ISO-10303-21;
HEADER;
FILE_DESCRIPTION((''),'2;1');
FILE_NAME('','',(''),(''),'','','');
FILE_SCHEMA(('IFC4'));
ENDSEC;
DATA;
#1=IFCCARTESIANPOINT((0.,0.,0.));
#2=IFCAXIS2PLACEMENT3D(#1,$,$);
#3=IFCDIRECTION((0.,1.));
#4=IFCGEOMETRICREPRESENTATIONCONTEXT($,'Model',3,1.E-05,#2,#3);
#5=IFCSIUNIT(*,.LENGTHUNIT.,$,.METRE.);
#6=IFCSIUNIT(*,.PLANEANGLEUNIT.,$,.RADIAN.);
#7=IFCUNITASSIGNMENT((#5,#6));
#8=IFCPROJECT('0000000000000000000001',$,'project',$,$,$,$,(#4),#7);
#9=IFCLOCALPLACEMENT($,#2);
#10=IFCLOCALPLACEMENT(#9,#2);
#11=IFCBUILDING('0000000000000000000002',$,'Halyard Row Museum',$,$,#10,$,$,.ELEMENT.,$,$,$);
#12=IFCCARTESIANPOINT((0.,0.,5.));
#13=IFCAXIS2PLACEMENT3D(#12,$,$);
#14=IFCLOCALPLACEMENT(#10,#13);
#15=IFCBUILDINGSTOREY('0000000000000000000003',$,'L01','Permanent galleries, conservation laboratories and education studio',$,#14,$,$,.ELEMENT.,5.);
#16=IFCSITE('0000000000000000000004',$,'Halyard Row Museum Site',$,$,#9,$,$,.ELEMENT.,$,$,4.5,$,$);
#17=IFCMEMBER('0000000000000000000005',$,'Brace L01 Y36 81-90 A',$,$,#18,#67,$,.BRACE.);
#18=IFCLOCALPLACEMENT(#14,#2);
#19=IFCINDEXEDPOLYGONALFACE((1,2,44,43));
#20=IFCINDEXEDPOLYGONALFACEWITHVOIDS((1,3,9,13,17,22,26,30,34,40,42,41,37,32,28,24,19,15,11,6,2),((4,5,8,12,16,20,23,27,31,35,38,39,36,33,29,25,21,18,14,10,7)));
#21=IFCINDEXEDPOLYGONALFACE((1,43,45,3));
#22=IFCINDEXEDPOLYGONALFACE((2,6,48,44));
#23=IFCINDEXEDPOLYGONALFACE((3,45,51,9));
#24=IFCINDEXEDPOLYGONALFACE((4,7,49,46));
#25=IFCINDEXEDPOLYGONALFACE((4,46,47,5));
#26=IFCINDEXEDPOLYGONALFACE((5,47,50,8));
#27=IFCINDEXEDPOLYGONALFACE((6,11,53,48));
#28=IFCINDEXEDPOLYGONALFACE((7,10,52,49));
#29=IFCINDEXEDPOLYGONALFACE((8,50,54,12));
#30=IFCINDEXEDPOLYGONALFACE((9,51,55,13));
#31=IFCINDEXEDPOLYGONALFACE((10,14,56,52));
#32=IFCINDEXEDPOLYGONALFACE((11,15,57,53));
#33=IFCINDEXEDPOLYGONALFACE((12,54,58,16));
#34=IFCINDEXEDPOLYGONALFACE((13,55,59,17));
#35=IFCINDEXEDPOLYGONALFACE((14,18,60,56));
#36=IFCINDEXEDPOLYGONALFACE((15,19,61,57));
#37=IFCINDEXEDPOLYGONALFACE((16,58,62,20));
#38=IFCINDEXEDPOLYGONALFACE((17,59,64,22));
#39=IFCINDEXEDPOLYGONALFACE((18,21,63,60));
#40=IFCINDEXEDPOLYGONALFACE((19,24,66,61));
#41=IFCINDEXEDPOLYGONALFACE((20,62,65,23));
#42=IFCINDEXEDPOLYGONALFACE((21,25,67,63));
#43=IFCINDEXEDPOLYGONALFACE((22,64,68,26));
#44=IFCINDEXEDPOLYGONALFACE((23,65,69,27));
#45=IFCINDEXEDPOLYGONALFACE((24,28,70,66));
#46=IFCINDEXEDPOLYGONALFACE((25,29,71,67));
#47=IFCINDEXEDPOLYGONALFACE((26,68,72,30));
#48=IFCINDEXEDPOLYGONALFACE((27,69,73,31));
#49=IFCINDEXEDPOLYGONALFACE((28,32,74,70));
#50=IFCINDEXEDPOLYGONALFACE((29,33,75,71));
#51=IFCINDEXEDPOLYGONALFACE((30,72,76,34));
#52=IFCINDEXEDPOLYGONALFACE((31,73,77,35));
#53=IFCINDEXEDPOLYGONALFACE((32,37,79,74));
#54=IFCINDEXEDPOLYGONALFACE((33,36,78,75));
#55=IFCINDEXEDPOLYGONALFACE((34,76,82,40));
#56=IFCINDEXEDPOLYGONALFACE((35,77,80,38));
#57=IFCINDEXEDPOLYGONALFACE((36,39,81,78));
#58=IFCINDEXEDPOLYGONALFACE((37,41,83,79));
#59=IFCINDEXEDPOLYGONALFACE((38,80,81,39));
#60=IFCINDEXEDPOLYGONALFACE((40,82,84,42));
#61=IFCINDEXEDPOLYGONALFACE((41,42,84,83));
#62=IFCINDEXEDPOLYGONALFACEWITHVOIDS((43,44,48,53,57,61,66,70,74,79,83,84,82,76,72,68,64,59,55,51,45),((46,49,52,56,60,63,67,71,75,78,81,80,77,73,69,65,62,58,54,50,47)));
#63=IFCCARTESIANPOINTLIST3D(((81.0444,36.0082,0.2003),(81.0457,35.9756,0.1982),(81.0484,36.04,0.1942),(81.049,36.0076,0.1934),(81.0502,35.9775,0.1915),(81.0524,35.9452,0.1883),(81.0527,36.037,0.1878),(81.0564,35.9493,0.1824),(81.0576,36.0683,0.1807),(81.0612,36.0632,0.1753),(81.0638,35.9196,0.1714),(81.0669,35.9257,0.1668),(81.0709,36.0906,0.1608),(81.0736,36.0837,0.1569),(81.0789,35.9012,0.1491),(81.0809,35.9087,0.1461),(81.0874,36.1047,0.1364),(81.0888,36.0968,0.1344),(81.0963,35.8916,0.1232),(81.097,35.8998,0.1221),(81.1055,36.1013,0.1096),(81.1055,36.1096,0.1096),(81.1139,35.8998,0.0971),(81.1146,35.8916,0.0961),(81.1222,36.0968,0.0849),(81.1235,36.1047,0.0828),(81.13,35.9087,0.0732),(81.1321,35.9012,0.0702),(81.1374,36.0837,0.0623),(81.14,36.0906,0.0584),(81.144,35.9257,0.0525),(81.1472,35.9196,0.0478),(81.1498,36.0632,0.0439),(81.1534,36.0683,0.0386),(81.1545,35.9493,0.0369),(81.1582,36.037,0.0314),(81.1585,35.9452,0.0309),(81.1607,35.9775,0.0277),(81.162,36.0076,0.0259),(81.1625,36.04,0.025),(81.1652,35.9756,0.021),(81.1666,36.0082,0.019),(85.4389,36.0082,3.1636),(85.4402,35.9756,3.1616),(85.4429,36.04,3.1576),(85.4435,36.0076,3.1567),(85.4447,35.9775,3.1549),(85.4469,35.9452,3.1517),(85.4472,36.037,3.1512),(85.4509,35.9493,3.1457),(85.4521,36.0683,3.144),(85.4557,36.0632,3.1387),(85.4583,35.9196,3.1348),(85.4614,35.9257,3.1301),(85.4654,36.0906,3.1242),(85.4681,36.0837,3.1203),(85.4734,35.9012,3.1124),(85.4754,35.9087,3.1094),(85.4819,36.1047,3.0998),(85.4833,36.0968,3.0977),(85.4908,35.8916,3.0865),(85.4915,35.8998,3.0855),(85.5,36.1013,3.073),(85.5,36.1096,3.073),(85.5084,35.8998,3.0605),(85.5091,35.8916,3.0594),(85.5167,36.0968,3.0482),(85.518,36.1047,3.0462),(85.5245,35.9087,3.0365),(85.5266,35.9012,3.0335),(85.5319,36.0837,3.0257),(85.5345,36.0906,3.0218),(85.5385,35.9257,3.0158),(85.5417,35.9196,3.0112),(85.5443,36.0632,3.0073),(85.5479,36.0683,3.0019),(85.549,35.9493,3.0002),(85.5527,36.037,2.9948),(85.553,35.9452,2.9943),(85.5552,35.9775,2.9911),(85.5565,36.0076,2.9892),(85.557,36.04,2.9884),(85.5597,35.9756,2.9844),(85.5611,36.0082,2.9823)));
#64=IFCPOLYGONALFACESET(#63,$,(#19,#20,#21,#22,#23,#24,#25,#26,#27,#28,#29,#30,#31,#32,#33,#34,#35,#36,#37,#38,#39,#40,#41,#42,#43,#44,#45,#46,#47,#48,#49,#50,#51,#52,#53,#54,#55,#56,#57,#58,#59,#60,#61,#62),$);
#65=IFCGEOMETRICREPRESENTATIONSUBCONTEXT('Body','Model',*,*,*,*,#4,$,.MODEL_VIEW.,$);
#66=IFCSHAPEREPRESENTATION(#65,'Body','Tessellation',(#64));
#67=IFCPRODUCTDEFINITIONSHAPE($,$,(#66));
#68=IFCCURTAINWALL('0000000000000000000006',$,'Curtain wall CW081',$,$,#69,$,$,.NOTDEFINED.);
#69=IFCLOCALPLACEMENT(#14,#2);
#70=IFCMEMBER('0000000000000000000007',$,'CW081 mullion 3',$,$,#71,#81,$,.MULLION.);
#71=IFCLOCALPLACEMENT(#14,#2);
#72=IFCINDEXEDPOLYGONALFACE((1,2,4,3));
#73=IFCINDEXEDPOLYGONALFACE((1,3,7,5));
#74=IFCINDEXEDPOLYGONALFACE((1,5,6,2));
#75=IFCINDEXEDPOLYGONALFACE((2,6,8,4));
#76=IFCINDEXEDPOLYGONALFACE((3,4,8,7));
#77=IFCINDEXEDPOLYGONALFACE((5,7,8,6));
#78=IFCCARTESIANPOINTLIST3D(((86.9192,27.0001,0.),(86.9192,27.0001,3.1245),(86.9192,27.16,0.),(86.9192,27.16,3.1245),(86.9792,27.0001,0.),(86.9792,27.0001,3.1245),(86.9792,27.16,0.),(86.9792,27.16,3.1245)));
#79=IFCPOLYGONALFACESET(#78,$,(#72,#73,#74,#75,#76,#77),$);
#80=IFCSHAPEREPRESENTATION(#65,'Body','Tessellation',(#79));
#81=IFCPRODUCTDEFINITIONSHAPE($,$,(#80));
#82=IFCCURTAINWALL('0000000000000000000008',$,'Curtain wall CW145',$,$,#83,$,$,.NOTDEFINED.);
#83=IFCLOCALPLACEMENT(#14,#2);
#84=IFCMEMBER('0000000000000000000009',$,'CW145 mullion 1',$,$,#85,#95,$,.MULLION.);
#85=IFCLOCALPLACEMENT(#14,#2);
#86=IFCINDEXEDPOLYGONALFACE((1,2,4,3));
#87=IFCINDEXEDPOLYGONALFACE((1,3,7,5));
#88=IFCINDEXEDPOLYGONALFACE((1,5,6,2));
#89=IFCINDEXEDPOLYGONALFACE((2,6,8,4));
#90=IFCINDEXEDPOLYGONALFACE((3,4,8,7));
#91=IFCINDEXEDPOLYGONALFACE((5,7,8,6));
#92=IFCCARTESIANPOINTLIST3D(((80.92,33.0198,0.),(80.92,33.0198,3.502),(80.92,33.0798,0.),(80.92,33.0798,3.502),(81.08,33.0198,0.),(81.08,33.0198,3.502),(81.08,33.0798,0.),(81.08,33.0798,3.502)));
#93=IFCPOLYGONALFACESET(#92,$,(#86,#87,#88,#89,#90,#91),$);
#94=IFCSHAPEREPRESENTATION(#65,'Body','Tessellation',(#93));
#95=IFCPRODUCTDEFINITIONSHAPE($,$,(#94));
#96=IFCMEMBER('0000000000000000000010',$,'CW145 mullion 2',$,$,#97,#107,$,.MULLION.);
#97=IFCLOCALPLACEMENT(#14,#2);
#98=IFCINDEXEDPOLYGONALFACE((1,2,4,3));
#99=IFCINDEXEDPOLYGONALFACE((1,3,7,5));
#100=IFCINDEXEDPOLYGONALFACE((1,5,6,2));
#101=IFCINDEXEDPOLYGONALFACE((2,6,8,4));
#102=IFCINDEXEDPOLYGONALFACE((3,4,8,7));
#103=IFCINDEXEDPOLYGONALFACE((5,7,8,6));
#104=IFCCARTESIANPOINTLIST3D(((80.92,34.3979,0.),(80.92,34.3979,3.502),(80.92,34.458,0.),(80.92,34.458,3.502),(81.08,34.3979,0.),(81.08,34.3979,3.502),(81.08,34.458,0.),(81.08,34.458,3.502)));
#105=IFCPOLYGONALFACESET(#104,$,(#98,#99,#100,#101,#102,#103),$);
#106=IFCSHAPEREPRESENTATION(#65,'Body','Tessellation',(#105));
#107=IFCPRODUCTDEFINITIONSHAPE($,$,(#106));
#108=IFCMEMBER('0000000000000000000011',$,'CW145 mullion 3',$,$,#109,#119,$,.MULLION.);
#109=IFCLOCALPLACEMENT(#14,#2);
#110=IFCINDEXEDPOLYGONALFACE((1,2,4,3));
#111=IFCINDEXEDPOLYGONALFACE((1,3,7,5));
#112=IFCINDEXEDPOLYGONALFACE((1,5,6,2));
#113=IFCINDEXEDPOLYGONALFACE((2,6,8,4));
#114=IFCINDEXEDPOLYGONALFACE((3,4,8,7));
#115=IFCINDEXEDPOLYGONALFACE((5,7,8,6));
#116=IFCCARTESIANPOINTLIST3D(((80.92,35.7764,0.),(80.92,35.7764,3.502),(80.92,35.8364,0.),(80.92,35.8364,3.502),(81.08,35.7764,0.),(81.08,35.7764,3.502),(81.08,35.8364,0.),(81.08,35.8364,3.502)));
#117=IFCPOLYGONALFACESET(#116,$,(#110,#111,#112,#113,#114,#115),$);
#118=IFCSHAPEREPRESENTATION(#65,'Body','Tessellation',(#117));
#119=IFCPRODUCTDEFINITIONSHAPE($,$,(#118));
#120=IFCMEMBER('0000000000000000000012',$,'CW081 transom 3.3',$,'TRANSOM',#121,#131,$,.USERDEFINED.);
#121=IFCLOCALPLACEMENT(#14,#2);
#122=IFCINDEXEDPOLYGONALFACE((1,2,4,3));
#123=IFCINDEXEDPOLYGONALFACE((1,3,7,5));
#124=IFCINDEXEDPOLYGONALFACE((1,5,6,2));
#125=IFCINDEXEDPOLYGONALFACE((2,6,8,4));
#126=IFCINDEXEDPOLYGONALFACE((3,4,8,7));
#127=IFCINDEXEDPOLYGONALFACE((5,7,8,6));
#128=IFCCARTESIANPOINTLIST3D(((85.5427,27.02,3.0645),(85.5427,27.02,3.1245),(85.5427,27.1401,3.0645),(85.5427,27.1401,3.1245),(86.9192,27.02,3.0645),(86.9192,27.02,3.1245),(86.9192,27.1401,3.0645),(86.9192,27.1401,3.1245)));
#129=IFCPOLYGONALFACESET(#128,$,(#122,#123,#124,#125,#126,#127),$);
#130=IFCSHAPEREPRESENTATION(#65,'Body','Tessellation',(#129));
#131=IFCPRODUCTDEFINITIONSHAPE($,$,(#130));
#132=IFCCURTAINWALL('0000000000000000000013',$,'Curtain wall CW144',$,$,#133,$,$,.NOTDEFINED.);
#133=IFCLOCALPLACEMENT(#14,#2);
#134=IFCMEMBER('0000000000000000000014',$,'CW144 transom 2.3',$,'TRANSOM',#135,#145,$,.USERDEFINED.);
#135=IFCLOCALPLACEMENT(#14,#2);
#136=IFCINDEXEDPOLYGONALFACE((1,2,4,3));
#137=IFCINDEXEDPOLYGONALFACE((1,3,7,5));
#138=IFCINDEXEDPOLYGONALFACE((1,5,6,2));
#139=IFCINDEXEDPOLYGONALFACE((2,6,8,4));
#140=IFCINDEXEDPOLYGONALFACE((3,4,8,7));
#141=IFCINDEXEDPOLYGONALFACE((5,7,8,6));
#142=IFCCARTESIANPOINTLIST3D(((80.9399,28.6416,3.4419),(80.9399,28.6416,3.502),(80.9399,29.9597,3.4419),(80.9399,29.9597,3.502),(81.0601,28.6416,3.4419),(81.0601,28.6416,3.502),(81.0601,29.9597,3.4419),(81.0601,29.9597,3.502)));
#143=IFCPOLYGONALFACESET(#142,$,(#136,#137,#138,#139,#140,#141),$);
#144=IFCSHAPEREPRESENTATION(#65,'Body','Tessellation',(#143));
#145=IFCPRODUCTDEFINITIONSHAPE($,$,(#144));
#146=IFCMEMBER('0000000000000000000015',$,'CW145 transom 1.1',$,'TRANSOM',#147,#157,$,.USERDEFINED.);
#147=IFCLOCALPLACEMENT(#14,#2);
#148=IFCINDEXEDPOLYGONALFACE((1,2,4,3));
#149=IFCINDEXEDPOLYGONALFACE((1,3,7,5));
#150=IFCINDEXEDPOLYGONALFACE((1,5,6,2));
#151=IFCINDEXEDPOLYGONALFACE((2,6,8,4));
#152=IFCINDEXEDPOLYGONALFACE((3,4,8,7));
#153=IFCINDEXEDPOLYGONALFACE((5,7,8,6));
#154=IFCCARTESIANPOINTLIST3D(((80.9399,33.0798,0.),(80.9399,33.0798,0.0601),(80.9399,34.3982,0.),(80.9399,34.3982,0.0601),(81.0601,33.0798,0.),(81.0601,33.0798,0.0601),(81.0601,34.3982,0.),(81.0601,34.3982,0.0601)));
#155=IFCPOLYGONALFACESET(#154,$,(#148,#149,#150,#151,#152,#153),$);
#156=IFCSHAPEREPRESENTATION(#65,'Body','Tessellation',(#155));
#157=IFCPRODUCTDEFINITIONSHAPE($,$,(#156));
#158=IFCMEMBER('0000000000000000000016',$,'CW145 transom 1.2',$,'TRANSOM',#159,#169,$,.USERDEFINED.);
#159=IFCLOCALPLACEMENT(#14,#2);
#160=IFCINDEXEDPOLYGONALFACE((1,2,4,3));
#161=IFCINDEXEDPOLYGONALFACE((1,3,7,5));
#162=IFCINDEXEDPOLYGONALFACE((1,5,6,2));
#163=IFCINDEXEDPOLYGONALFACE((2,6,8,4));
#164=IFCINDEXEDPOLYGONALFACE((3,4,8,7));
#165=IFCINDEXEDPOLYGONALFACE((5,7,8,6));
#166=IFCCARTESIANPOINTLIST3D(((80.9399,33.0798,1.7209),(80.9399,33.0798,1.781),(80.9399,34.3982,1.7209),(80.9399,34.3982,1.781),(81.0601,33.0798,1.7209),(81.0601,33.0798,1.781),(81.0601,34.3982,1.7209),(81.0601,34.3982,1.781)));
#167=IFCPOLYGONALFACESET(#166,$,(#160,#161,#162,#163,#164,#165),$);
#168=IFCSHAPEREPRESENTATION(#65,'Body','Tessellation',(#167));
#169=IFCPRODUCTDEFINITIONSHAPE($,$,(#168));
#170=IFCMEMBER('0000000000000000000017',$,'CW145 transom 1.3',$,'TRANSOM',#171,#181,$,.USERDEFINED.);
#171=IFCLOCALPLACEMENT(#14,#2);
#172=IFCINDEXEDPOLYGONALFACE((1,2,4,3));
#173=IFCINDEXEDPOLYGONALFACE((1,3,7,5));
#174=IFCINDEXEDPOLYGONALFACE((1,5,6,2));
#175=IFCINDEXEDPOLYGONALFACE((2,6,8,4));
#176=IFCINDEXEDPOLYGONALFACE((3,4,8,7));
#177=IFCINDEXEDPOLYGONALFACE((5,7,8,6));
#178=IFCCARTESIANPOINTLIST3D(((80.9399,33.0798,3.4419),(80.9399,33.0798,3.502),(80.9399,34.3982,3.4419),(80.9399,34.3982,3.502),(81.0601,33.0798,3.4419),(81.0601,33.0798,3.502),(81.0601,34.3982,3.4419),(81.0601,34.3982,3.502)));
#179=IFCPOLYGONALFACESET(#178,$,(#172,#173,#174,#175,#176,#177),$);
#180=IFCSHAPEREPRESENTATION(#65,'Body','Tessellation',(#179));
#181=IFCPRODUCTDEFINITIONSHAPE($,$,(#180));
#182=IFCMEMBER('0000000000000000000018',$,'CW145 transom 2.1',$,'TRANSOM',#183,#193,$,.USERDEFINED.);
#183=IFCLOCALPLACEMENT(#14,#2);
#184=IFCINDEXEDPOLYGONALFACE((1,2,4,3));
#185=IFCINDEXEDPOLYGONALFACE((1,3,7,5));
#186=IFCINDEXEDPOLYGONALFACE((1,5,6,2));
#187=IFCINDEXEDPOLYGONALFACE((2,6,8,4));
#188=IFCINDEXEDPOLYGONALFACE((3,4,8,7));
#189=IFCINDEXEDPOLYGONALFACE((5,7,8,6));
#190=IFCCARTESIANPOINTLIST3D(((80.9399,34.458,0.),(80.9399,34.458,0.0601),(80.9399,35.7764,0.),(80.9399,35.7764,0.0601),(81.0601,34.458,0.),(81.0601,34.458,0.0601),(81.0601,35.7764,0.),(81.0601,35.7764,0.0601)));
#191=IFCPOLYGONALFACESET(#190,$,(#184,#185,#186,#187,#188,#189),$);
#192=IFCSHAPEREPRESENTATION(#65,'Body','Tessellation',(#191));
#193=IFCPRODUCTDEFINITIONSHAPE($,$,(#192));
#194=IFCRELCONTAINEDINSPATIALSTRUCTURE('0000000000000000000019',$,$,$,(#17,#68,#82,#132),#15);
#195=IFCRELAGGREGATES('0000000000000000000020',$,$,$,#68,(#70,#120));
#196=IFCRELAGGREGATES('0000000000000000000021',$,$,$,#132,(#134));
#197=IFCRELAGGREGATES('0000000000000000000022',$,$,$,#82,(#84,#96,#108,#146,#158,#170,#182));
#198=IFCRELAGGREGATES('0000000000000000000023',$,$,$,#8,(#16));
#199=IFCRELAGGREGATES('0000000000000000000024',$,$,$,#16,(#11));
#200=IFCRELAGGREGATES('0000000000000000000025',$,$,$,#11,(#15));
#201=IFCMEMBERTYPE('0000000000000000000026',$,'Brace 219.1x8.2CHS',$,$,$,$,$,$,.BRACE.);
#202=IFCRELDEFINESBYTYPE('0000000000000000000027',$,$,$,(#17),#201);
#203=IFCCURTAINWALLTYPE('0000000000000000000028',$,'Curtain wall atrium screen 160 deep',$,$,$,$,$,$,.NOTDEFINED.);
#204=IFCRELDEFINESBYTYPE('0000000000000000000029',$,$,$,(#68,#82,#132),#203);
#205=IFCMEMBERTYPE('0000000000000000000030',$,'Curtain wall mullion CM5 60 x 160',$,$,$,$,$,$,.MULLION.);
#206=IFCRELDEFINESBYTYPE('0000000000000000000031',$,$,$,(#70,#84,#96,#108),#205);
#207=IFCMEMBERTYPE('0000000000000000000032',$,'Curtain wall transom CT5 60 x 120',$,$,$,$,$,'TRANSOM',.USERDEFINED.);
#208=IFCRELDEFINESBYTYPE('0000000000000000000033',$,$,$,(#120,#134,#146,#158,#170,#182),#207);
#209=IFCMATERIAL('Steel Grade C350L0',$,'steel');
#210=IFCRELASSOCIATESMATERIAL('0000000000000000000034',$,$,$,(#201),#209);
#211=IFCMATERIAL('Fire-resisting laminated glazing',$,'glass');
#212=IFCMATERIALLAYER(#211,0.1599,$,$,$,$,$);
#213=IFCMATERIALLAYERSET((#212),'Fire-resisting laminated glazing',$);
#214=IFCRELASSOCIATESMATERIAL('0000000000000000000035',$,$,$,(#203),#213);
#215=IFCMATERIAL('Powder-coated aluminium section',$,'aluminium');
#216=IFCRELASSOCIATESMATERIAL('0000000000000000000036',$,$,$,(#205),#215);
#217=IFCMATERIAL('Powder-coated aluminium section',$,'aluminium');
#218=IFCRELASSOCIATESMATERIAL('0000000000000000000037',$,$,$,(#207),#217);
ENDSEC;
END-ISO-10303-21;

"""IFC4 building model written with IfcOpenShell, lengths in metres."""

from ifc_helpers import new_model, si_unit, direction, frame, origin, origin_2d, place, context, subcontext, project, spatial, rectangle, hollow_circle, extrude, material, layer, layer_set, material_profile, profile_set, type_object, element, aggregate, save


model = new_model("IFC4")

# Units and contexts
model_context = context("Model", 3, precision=1e-05, world=origin(), true_north=direction((0.0, 1.0)))
body_context = subcontext(model_context, "Body", "Model", "MODEL_VIEW")
ifc_project = project(units=[si_unit("LENGTHUNIT", "METRE"), si_unit("PLANEANGLEUNIT", "RADIAN")], contexts=[model_context])

# Site, building, storey
site_placement = place(None, origin())
site = spatial("IfcSite", under=ifc_project, at=site_placement, Name="Halyard Row Museum Site", CompositionType="ELEMENT", RefElevation=4.5)
building_placement = place(site_placement, origin())
building = spatial("IfcBuilding", under=site, at=building_placement, Name="Halyard Row Museum", CompositionType="ELEMENT")
storey_placement = place(building_placement, frame((0.0, 0.0, 5.0)))
storey = spatial("IfcBuildingStorey", under=building, at=storey_placement, Name="L01", Description="Permanent galleries, conservation laboratories and education studio", CompositionType="ELEMENT", Elevation=5.0)

# Member
ifc_material_1 = material(Name="Steel Grade C350L0", Category="steel")
ifc_material_profile_1 = material_profile(ifc_material_1, hollow_circle(Radius=0.1096, WallThickness=0.0083, at=origin_2d()), Name="219.1x8.2CHS")
ifc_profile_set_1 = profile_set([ifc_material_profile_1], Name="Steel Grade C350L0")
member_type_1 = type_object("IfcMemberType", Name="Brace 219.1x8.2CHS", PredefinedType="BRACE", material=ifc_profile_set_1)
member_1_placement = place(storey_placement, frame((81.1055, 36.0, 0.1096), z_axis=(0.829105, 0.0, 0.559093), x_axis=(0.0, 1.0, 0.0)))
element("IfcMember", 1, at=member_1_placement, inside=storey, type_object=member_type_1, Name="Brace L01 Y36 81-90 A", PredefinedType="BRACE", context=body_context, shape_type="SweptSolid", body=[
    extrude(hollow_circle(Radius=0.1096, WallThickness=0.0083, at=origin_2d()), origin(), (0.0, 0.0, 1.0), 5.3003),
])

# Curtain wall, member
ifc_material_2 = material(Name="Fire-resisting laminated glazing", Category="glass")
ifc_layer_1 = layer(ifc_material_2, 0.1599)
ifc_layer_set_1 = layer_set([ifc_layer_1], Name="Fire-resisting laminated glazing")
curtain_wall_type = type_object("IfcCurtainWallType", Name="Curtain wall atrium screen 160 deep", PredefinedType="NOTDEFINED", material=ifc_layer_set_1)
curtain_wall_1_placement = place(storey_placement, origin())
curtain_wall_1 = element("IfcCurtainWall", 2, at=curtain_wall_1_placement, inside=storey, type_object=curtain_wall_type, Name="Curtain wall CW081", PredefinedType="NOTDEFINED")
ifc_material_3 = material(Name="Powder-coated aluminium section", Category="aluminium")
ifc_material_profile_2 = material_profile(ifc_material_3, rectangle(XDim=0.1599, YDim=0.0601, at=origin_2d()), Name="160x60 mullion")
ifc_profile_set_2 = profile_set([ifc_material_profile_2], Name="Powder-coated aluminium section")
member_type_2 = type_object("IfcMemberType", Name="Curtain wall mullion CM5 60 x 160", PredefinedType="MULLION", material=ifc_profile_set_2)
member_2_placement = place(storey_placement, frame((86.9492, 27.0801, 0.0), z_axis=(0.0, 0.0, 1.0), x_axis=(0.0, -1.0, 0.0)))
member_2 = element("IfcMember", 3, at=member_2_placement, type_object=member_type_2, Name="CW081 mullion 3", PredefinedType="MULLION", context=body_context, shape_type="SweptSolid", body=[
    extrude(rectangle(XDim=0.1599, YDim=0.0601, at=origin_2d()), origin(), (0.0, 0.0, 1.0), 3.1245),
])

# Curtain wall, members
curtain_wall_2_placement = place(storey_placement, origin())
curtain_wall_2 = element("IfcCurtainWall", 4, at=curtain_wall_2_placement, inside=storey, type_object=curtain_wall_type, Name="Curtain wall CW145", PredefinedType="NOTDEFINED")
member_3_placement = place(storey_placement, frame((81.0, 33.0498, 0.0), z_axis=(0.0, 0.0, 1.0), x_axis=(-1.0, 0.0, 0.0)))
member_3 = element("IfcMember", 5, at=member_3_placement, type_object=member_type_2, Name="CW145 mullion 1", PredefinedType="MULLION", context=body_context, shape_type="SweptSolid", body=[
    extrude(rectangle(XDim=0.1599, YDim=0.0601, at=origin_2d()), origin(), (0.0, 0.0, 1.0), 3.502),
])
member_4_placement = place(storey_placement, frame((81.0, 34.428, 0.0), z_axis=(0.0, 0.0, 1.0), x_axis=(-1.0, 0.0, 0.0)))
member_4 = element("IfcMember", 6, at=member_4_placement, type_object=member_type_2, Name="CW145 mullion 2", PredefinedType="MULLION", context=body_context, shape_type="SweptSolid", body=[
    extrude(rectangle(XDim=0.1599, YDim=0.0601, at=origin_2d()), origin(), (0.0, 0.0, 1.0), 3.502),
])
member_5_placement = place(storey_placement, frame((81.0, 35.8064, 0.0), z_axis=(0.0, 0.0, 1.0), x_axis=(-1.0, 0.0, 0.0)))
member_5 = element("IfcMember", 7, at=member_5_placement, type_object=member_type_2, Name="CW145 mullion 3", PredefinedType="MULLION", context=body_context, shape_type="SweptSolid", body=[
    extrude(rectangle(XDim=0.1599, YDim=0.0601, at=origin_2d()), origin(), (0.0, 0.0, 1.0), 3.502),
])

# Member
ifc_material_4 = material(Name="Powder-coated aluminium section", Category="aluminium")
ifc_material_profile_3 = material_profile(ifc_material_4, rectangle(XDim=0.1201, YDim=0.0601, at=origin_2d()), Name="120x60 transom")
ifc_profile_set_3 = profile_set([ifc_material_profile_3], Name="Powder-coated aluminium section")
member_type_3 = type_object("IfcMemberType", Name="Curtain wall transom CT5 60 x 120", ElementType="TRANSOM", PredefinedType="USERDEFINED", material=ifc_profile_set_3)
member_6_placement = place(storey_placement, frame((86.9192, 27.0801, 3.0945), z_axis=(-1.0, 0.0, 0.0), x_axis=(0.0, -1.0, 0.0)))
member_6 = element("IfcMember", 8, at=member_6_placement, type_object=member_type_3, Name="CW081 transom 3.3", ObjectType="TRANSOM", PredefinedType="USERDEFINED", context=body_context, shape_type="SweptSolid", body=[
    extrude(rectangle(XDim=0.1201, YDim=0.0601, at=origin_2d()), origin(), (0.0, 0.0, 1.0), 1.3765),
])
aggregate(curtain_wall_1, [member_2, member_6])

# Curtain wall, member
curtain_wall_3_placement = place(storey_placement, origin())
curtain_wall_3 = element("IfcCurtainWall", 9, at=curtain_wall_3_placement, inside=storey, type_object=curtain_wall_type, Name="Curtain wall CW144", PredefinedType="NOTDEFINED")
member_7_placement = place(storey_placement, frame((81.0, 28.6416, 3.4719), z_axis=(0.0, 1.0, 0.0), x_axis=(-1.0, 0.0, 0.0)))
member_7 = element("IfcMember", 10, at=member_7_placement, type_object=member_type_3, Name="CW144 transom 2.3", ObjectType="TRANSOM", PredefinedType="USERDEFINED", context=body_context, shape_type="SweptSolid", body=[
    extrude(rectangle(XDim=0.1201, YDim=0.0601, at=origin_2d()), origin(), (0.0, 0.0, 1.0), 1.3181),
])

# Members
member_8_placement = place(storey_placement, frame((81.0, 33.0798, 0.03), z_axis=(0.0, 1.0, 0.0), x_axis=(-1.0, 0.0, 0.0)))
member_8 = element("IfcMember", 11, at=member_8_placement, type_object=member_type_3, Name="CW145 transom 1.1", ObjectType="TRANSOM", PredefinedType="USERDEFINED", context=body_context, shape_type="SweptSolid", body=[
    extrude(rectangle(XDim=0.1201, YDim=0.0601, at=origin_2d()), origin(), (0.0, 0.0, 1.0), 1.3184),
])
member_9_placement = place(storey_placement, frame((81.0, 33.0798, 1.751), z_axis=(0.0, 1.0, 0.0), x_axis=(-1.0, 0.0, 0.0)))
member_9 = element("IfcMember", 12, at=member_9_placement, type_object=member_type_3, Name="CW145 transom 1.2", ObjectType="TRANSOM", PredefinedType="USERDEFINED", context=body_context, shape_type="SweptSolid", body=[
    extrude(rectangle(XDim=0.1201, YDim=0.0601, at=origin_2d()), origin(), (0.0, 0.0, 1.0), 1.3184),
])
member_10_placement = place(storey_placement, frame((81.0, 33.0798, 3.4719), z_axis=(0.0, 1.0, 0.0), x_axis=(-1.0, 0.0, 0.0)))
member_10 = element("IfcMember", 13, at=member_10_placement, type_object=member_type_3, Name="CW145 transom 1.3", ObjectType="TRANSOM", PredefinedType="USERDEFINED", context=body_context, shape_type="SweptSolid", body=[
    extrude(rectangle(XDim=0.1201, YDim=0.0601, at=origin_2d()), origin(), (0.0, 0.0, 1.0), 1.3184),
])
member_11_placement = place(storey_placement, frame((81.0, 34.458, 0.03), z_axis=(0.0, 1.0, 0.0), x_axis=(-1.0, 0.0, 0.0)))
member_11 = element("IfcMember", 14, at=member_11_placement, type_object=member_type_3, Name="CW145 transom 2.1", ObjectType="TRANSOM", PredefinedType="USERDEFINED", context=body_context, shape_type="SweptSolid", body=[
    extrude(rectangle(XDim=0.1201, YDim=0.0601, at=origin_2d()), origin(), (0.0, 0.0, 1.0), 1.3184),
])

aggregate(curtain_wall_3, [member_7])
aggregate(curtain_wall_2, [member_3, member_4, member_5, member_8, member_9, member_10, member_11])

save(model, "model.ifc")
